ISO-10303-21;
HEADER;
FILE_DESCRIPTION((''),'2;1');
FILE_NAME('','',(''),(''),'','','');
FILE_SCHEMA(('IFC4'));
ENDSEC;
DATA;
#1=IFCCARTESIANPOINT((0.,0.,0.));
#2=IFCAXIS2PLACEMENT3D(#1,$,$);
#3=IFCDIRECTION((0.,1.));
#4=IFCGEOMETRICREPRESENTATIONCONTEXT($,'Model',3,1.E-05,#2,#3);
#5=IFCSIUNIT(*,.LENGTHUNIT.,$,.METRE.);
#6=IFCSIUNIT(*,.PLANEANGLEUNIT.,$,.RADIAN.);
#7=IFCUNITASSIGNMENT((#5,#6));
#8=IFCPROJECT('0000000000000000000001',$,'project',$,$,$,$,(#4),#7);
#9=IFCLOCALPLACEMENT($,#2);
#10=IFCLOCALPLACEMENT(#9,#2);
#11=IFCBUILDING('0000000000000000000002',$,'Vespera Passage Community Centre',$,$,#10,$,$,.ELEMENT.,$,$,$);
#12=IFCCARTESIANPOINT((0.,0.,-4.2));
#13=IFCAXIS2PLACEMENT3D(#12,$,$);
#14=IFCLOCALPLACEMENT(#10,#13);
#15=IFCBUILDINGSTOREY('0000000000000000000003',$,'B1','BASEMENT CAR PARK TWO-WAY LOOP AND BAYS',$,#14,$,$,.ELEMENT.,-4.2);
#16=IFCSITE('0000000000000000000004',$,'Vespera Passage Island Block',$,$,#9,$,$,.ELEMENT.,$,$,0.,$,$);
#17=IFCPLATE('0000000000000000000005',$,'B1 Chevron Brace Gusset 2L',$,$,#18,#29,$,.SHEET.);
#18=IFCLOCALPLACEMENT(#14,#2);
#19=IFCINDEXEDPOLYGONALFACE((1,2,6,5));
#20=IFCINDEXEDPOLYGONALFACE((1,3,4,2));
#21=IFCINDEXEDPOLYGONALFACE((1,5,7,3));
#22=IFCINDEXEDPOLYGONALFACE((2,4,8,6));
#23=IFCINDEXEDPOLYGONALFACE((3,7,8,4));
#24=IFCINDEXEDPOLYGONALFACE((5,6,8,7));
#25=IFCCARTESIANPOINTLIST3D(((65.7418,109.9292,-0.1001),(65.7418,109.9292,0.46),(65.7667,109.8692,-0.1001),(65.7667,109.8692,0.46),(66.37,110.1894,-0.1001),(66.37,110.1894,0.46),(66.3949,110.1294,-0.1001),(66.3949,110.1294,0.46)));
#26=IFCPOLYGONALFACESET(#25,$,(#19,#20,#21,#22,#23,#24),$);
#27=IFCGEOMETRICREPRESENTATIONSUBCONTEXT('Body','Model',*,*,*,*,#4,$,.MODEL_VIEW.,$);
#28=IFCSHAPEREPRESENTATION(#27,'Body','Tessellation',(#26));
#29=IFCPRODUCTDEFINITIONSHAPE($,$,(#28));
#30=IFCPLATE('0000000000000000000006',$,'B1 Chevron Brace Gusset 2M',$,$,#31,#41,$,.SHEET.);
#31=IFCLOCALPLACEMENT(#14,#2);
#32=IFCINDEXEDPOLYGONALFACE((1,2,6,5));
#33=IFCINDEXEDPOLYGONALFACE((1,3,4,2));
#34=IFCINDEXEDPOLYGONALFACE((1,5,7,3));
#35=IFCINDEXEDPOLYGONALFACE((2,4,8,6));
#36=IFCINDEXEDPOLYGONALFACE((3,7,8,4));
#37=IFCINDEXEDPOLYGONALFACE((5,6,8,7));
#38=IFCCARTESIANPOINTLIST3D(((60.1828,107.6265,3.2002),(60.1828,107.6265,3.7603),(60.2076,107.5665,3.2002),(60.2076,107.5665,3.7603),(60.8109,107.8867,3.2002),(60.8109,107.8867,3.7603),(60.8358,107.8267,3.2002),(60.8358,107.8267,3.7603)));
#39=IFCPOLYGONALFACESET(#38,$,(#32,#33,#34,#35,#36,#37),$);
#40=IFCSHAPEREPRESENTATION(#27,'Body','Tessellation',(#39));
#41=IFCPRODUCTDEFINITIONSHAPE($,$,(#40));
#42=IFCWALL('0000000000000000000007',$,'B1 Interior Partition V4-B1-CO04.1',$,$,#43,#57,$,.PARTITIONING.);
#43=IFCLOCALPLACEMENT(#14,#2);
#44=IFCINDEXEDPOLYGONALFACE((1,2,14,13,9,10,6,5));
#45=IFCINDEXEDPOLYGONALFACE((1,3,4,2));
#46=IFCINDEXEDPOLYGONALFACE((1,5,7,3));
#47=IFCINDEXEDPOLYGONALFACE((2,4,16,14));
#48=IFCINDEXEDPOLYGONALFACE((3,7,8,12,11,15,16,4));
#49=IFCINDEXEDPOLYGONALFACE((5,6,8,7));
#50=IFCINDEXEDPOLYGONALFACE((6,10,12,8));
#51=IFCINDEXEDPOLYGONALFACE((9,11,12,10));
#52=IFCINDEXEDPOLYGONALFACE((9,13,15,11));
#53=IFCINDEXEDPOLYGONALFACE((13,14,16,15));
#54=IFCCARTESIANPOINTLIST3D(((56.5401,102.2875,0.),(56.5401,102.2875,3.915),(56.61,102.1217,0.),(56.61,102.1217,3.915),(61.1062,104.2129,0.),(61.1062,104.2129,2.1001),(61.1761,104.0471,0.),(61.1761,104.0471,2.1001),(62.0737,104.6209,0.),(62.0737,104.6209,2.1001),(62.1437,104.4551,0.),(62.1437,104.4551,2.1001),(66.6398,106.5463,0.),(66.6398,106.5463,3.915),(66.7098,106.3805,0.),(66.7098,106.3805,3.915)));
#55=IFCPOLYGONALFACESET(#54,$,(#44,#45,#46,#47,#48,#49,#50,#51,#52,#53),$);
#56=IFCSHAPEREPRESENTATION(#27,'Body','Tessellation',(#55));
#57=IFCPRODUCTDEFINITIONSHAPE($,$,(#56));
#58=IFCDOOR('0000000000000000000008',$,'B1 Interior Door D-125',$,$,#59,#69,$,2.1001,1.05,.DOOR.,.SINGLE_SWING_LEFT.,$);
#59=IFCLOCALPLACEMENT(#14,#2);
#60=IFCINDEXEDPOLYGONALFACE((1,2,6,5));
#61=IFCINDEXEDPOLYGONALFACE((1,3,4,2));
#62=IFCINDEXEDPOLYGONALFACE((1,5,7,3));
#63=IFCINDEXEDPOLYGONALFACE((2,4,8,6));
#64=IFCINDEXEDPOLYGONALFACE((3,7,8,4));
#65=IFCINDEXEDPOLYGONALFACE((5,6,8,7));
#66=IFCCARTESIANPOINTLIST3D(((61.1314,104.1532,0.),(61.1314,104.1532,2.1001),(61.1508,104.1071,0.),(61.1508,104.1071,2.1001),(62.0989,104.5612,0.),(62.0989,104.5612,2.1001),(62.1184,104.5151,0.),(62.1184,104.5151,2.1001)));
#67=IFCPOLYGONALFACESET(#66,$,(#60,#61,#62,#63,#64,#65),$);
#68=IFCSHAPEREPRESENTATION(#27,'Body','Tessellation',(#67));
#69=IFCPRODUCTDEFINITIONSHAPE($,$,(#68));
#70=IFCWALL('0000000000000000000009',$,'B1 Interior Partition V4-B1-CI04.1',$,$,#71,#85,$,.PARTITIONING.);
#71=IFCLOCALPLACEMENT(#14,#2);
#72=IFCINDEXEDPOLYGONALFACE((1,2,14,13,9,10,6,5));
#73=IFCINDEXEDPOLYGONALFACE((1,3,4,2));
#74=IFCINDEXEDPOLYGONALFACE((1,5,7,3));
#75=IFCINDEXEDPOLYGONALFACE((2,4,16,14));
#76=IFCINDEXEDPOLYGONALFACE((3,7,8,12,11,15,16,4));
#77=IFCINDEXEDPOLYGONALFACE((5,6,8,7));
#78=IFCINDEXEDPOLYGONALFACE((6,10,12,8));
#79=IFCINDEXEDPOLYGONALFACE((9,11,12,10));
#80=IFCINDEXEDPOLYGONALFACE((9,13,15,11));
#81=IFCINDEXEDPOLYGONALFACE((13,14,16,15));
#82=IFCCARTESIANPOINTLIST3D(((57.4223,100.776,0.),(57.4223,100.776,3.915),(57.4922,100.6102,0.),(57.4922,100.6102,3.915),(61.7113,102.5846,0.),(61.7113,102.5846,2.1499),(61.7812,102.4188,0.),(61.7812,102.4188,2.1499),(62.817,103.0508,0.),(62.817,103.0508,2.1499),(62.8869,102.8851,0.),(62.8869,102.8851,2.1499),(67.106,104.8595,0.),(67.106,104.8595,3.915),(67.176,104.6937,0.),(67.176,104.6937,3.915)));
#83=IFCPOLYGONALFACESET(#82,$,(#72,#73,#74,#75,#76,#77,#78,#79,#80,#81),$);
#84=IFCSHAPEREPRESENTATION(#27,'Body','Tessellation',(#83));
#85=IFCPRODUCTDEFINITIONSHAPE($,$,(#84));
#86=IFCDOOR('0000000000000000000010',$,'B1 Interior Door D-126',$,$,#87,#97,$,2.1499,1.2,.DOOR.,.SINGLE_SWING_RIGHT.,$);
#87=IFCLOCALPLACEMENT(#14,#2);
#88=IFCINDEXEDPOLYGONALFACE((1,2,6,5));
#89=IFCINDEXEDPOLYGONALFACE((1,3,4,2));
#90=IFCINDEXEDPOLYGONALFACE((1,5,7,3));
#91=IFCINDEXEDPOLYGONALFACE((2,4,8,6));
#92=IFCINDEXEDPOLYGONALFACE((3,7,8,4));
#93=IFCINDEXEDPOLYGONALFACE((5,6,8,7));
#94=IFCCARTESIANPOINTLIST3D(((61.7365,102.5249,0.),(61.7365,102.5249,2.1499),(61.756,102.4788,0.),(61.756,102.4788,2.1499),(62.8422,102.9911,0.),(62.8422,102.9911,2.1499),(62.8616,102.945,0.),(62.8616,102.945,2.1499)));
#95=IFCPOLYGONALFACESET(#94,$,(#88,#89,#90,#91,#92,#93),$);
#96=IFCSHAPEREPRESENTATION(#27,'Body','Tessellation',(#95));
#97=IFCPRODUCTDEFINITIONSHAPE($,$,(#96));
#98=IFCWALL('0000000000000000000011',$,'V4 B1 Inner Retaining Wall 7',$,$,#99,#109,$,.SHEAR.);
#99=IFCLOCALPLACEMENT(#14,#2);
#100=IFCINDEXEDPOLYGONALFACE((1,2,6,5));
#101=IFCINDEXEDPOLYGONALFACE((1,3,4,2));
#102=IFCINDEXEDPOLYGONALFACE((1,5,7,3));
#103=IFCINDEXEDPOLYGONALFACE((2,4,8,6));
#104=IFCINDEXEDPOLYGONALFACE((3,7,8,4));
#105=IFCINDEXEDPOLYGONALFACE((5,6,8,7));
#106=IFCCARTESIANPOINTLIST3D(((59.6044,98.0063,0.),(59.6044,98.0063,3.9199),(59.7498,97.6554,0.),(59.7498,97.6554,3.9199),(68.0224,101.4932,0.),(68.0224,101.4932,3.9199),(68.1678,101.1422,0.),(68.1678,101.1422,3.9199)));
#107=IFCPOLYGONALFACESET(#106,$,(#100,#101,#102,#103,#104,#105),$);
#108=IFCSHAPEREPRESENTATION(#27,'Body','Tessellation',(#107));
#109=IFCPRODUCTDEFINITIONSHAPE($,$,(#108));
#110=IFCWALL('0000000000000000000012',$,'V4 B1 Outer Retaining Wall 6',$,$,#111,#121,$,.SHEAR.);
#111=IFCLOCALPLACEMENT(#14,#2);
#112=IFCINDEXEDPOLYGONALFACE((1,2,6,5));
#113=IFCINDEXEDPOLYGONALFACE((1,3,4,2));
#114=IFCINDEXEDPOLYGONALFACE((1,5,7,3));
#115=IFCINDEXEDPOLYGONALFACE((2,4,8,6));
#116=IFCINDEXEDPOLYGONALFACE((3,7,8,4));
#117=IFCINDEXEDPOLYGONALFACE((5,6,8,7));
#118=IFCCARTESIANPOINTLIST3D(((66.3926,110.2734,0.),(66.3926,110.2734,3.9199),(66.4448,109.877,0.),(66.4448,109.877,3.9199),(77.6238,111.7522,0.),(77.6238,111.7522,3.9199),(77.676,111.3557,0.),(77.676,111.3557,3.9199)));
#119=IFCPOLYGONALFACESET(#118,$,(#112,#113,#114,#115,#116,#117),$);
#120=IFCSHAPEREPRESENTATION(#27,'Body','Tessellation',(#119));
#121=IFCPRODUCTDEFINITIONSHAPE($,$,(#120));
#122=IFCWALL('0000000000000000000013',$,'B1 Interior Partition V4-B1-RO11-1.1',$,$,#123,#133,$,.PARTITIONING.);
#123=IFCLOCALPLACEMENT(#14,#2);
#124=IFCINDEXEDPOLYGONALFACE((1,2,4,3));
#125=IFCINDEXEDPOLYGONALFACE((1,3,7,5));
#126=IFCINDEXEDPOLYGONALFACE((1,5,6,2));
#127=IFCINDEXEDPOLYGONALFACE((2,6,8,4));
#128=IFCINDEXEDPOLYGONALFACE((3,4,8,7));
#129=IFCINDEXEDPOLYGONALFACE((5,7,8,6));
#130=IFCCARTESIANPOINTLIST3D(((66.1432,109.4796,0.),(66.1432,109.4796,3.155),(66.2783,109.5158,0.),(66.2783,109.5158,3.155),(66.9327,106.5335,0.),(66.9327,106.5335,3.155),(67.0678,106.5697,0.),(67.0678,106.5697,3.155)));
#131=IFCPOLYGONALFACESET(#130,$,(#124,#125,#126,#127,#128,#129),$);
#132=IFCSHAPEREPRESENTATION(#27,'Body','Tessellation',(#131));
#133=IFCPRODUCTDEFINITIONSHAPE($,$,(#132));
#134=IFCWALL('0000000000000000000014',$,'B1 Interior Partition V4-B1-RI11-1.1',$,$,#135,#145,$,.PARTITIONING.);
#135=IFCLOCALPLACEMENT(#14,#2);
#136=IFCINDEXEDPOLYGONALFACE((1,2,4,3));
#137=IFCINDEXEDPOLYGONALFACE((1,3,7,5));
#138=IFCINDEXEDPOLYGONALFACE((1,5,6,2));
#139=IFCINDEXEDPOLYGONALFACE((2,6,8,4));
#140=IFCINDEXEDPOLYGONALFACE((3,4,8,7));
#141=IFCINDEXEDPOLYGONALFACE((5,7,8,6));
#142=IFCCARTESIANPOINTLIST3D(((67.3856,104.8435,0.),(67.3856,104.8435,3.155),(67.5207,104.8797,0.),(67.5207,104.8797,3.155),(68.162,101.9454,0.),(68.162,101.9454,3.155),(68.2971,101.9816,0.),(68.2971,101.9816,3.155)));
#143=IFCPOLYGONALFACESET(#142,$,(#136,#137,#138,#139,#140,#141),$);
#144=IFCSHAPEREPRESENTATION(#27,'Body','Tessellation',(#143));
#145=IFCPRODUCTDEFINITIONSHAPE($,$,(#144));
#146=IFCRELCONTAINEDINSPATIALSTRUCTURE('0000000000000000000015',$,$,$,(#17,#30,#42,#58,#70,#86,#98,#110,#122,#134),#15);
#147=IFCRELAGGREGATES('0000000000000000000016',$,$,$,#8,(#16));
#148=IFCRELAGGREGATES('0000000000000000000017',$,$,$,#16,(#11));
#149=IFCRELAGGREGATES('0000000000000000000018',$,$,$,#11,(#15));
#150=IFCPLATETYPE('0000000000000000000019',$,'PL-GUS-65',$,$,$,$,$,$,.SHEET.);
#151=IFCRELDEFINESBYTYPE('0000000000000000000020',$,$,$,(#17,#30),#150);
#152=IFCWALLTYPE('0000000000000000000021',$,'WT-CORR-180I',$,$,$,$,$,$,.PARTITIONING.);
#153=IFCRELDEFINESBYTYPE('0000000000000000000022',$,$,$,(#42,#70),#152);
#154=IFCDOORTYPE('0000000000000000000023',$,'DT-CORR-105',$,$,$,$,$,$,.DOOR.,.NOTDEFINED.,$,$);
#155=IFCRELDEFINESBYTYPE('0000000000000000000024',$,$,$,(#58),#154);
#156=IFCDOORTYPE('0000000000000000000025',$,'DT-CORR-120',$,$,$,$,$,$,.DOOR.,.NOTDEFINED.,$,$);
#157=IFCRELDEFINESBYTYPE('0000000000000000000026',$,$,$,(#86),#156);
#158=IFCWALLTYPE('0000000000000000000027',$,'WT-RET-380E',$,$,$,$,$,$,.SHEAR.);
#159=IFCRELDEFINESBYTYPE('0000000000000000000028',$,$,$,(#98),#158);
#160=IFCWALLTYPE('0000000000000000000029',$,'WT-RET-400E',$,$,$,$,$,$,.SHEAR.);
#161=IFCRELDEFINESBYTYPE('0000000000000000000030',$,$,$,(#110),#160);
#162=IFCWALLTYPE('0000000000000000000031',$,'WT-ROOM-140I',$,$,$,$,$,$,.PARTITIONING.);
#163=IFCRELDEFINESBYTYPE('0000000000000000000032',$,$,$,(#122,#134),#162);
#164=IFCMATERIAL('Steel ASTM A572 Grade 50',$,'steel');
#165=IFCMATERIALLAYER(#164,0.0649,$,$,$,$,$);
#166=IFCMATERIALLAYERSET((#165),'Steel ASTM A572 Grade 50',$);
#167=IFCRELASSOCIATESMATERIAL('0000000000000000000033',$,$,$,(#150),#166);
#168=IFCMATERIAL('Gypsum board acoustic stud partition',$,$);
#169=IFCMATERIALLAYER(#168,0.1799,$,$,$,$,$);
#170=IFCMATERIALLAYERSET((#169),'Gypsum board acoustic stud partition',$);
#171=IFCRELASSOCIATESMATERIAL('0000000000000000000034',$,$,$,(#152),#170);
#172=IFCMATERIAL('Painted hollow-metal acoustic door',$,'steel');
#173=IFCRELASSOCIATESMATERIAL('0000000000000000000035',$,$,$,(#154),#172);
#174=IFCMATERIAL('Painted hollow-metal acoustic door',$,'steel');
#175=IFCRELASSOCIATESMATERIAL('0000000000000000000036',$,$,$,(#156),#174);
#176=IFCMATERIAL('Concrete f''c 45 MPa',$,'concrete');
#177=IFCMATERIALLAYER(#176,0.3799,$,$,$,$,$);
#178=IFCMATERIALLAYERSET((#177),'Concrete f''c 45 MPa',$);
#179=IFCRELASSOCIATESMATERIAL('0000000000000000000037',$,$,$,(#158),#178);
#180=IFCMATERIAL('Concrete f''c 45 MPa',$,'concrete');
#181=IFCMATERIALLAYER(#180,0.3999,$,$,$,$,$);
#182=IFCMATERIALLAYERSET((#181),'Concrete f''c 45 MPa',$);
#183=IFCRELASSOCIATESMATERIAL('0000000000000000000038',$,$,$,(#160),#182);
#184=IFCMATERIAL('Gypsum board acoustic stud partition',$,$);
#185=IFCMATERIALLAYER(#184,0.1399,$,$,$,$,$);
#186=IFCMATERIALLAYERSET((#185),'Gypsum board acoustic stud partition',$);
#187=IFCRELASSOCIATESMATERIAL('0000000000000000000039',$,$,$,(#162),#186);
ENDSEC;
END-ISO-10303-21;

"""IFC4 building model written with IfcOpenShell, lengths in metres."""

from ifc_helpers import new_model, si_unit, direction, frame, frame_2d, origin, origin_2d, place, context, subcontext, project, spatial, rectangle, extrude, material, layer, layer_set, type_object, element, fill, save


model = new_model("IFC4")

# Units and contexts
model_context = context("Model", 3, precision=1e-05, world=origin(), true_north=direction((0.0, 1.0)))
body_context = subcontext(model_context, "Body", "Model", "MODEL_VIEW")
ifc_project = project(units=[si_unit("LENGTHUNIT", "METRE"), si_unit("PLANEANGLEUNIT", "RADIAN")], contexts=[model_context])

# Site, building, storey
site_placement = place(None, origin())
site = spatial("IfcSite", under=ifc_project, at=site_placement, Name="Vespera Passage Island Block", CompositionType="ELEMENT", RefElevation=0.0)
building_placement = place(site_placement, origin())
building = spatial("IfcBuilding", under=site, at=building_placement, Name="Vespera Passage Community Centre", CompositionType="ELEMENT")
storey_placement = place(building_placement, frame((0.0, 0.0, -4.2)))
storey = spatial("IfcBuildingStorey", under=building, at=storey_placement, Name="B1", Description="BASEMENT CAR PARK TWO-WAY LOOP AND BAYS", CompositionType="ELEMENT", Elevation=-4.2)

# Plates
ifc_material_1 = material(Name="Steel ASTM A572 Grade 50", Category="steel")
ifc_layer_1 = layer(ifc_material_1, 0.0649)
ifc_layer_set_1 = layer_set([ifc_layer_1], Name="Steel ASTM A572 Grade 50")
plate_type = type_object("IfcPlateType", Name="PL-GUS-65", PredefinedType="SHEET", material=ifc_layer_set_1)
for number, where, z_axis, x_axis, name in (
    (1, (66.0684, 110.0293, -0.1001), (0.0, 0.0, 1.0), (-0.92388, -0.382683, 0.0), "B1 Chevron Brace Gusset 2L"),
    (2, (60.5093, 107.7266, 3.2002), (0.0, 0.0, 1.0), (-0.92388, -0.382683, 0.0), "B1 Chevron Brace Gusset 2M"),
):
    element("IfcPlate", number, at=place(storey_placement, frame(where, z_axis=z_axis, x_axis=x_axis)), inside=storey, type_object=plate_type, Name=name, PredefinedType="SHEET", context=body_context, shape_type="SweptSolid", body=[
        extrude(rectangle(XDim=0.6799, YDim=0.0649, at=origin_2d()), origin(), (0.0, 0.0, 1.0), 0.5601),
    ])

# Walls, openings, doors
ifc_material_2 = material(Name="Gypsum board acoustic stud partition")
ifc_layer_2 = layer(ifc_material_2, 0.1799)
ifc_layer_set_2 = layer_set([ifc_layer_2], Name="Gypsum board acoustic stud partition")
wall_type_1 = type_object("IfcWallType", Name="WT-CORR-180I", PredefinedType="PARTITIONING", material=ifc_layer_set_2)
wall_1_placement = place(storey_placement, frame((66.6748, 106.4634, 0.0), z_axis=(0.0, 0.0, 1.0), x_axis=(-0.921432, -0.388539, 0.0)))
wall_1 = element("IfcWall", 3, at=wall_1_placement, inside=storey, type_object=wall_type_1, Name="B1 Interior Partition V4-B1-CO04.1", PredefinedType="PARTITIONING", context=body_context, shape_type="SweptSolid", body=[
    extrude(rectangle(XDim=10.9609, YDim=0.1799, at=frame_2d((5.4805, 0.0))), origin(), (0.0, 0.0, 1.0), 3.915),
])
opening_1_placement = place(wall_1_placement, frame((4.9556, 0.0, 0.0)))
opening_1 = element("IfcOpeningElement", 4, at=opening_1_placement, cuts=wall_1, PredefinedType="OPENING", context=body_context, shape_type="SweptSolid", body=[
    extrude(rectangle(XDim=1.05, YDim=2.1001, at=frame_2d((0.5249, 1.05))), frame((0.0, 0.0999, 0.0), z_axis=(0.0, -1.0, 0.0), x_axis=(1.0, 0.0, 0.0)), (0.0, 0.0, 1.0), 0.2),
])
ifc_material_3 = material(Name="Painted hollow-metal acoustic door", Category="steel")
door_type_1 = type_object("IfcDoorType", Name="DT-CORR-105", OperationType="NOTDEFINED", PredefinedType="DOOR", material=ifc_material_3)
door_1_placement = place(opening_1_placement, origin())
door_1 = element("IfcDoor", 5, at=door_1_placement, inside=storey, type_object=door_type_1, Name="B1 Interior Door D-125", OperationType="SINGLE_SWING_LEFT", OverallHeight=2.1001, OverallWidth=1.05, PredefinedType="DOOR", context=body_context, shape_type="SweptSolid", body=[
    extrude(rectangle(XDim=1.05, YDim=2.1001, at=frame_2d((0.5249, 1.05))), frame((0.0, 0.0249, 0.0), z_axis=(0.0, -1.0, 0.0), x_axis=(1.0, 0.0, 0.0)), (0.0, 0.0, 1.0), 0.05),
])
fill(opening_1, door_1)
wall_2_placement = place(storey_placement, frame((67.1411, 104.7766, 0.0), z_axis=(0.0, 0.0, 1.0), x_axis=(-0.921428, -0.388549, 0.0)))
wall_2 = element("IfcWall", 6, at=wall_2_placement, inside=storey, type_object=wall_type_1, Name="B1 Interior Partition V4-B1-CI04.1", PredefinedType="PARTITIONING", context=body_context, shape_type="SweptSolid", body=[
    extrude(rectangle(XDim=10.5095, YDim=0.1799, at=frame_2d((5.2549, 0.0))), origin(), (0.0, 0.0, 1.0), 3.915),
])
opening_2_placement = place(wall_2_placement, frame((4.6548, 0.0, 0.0)))
opening_2 = element("IfcOpeningElement", 7, at=opening_2_placement, cuts=wall_2, PredefinedType="OPENING", context=body_context, shape_type="SweptSolid", body=[
    extrude(rectangle(XDim=1.2, YDim=2.1499, at=frame_2d((0.6001, 1.075))), frame((0.0, 0.0999, 0.0), z_axis=(0.0, -1.0, 0.0), x_axis=(1.0, 0.0, 0.0)), (0.0, 0.0, 1.0), 0.2),
])
ifc_material_4 = material(Name="Painted hollow-metal acoustic door", Category="steel")
door_type_2 = type_object("IfcDoorType", Name="DT-CORR-120", OperationType="NOTDEFINED", PredefinedType="DOOR", material=ifc_material_4)
door_2_placement = place(opening_2_placement, origin())
door_2 = element("IfcDoor", 8, at=door_2_placement, inside=storey, type_object=door_type_2, Name="B1 Interior Door D-126", OperationType="SINGLE_SWING_RIGHT", OverallHeight=2.1499, OverallWidth=1.2, PredefinedType="DOOR", context=body_context, shape_type="SweptSolid", body=[
    extrude(rectangle(XDim=1.2, YDim=2.1499, at=frame_2d((0.6001, 1.075))), frame((0.0, 0.0249, 0.0), z_axis=(0.0, -1.0, 0.0), x_axis=(1.0, 0.0, 0.0)), (0.0, 0.0, 1.0), 0.05),
])
fill(opening_2, door_2)

# Walls
ifc_material_5 = material(Name="Concrete f'c 45 MPa", Category="concrete")
ifc_layer_3 = layer(ifc_material_5, 0.3799)
ifc_layer_set_3 = layer_set([ifc_layer_3], Name="Concrete f'c 45 MPa")
wall_type_2 = type_object("IfcWallType", Name="WT-RET-380E", PredefinedType="SHEAR", material=ifc_layer_set_3)
wall_3_placement = place(storey_placement, frame((68.095, 101.3176, 0.0), z_axis=(0.0, 0.0, 1.0), x_axis=(-0.92388, -0.382682, 0.0)))
element("IfcWall", 9, at=wall_3_placement, inside=storey, type_object=wall_type_2, Name="V4 B1 Inner Retaining Wall 7", PredefinedType="SHEAR", context=body_context, shape_type="SweptSolid", body=[
    extrude(rectangle(XDim=9.1116, YDim=0.3799, at=frame_2d((4.5557, 0.0))), origin(), (0.0, 0.0, 1.0), 3.9199),
])
ifc_material_6 = material(Name="Concrete f'c 45 MPa", Category="concrete")
ifc_layer_4 = layer(ifc_material_6, 0.3999)
ifc_layer_set_4 = layer_set([ifc_layer_4], Name="Concrete f'c 45 MPa")
wall_type_3 = type_object("IfcWallType", Name="WT-RET-400E", PredefinedType="SHEAR", material=ifc_layer_set_4)
wall_4_placement = place(storey_placement, frame((66.4187, 110.0752, 0.0), z_axis=(0.0, 0.0, 1.0), x_axis=(0.991443, 0.130539, 0.0)))
element("IfcWall", 10, at=wall_4_placement, inside=storey, type_object=wall_type_3, Name="V4 B1 Outer Retaining Wall 6", PredefinedType="SHEAR", context=body_context, shape_type="SweptSolid", body=[
    extrude(rectangle(XDim=11.3281, YDim=0.3999, at=frame_2d((5.6641, 0.0))), origin(), (0.0, 0.0, 1.0), 3.9199),
])
ifc_material_7 = material(Name="Gypsum board acoustic stud partition")
ifc_layer_5 = layer(ifc_material_7, 0.1399)
ifc_layer_set_5 = layer_set([ifc_layer_5], Name="Gypsum board acoustic stud partition")
wall_type_4 = type_object("IfcWallType", Name="WT-ROOM-140I", PredefinedType="PARTITIONING", material=ifc_layer_set_5)
wall_5_placement = place(storey_placement, frame((67.0002, 106.5518, 0.0), z_axis=(0.0, 0.0, 1.0), x_axis=(-0.258868, 0.965913, 0.0)))
element("IfcWall", 11, at=wall_5_placement, inside=storey, type_object=wall_type_4, Name="B1 Interior Partition V4-B1-RO11-1.1", PredefinedType="PARTITIONING", context=body_context, shape_type="SweptSolid", body=[
    extrude(rectangle(XDim=3.05, YDim=0.1399, at=frame_2d((1.5249, 0.0))), origin(), (0.0, 0.0, 1.0), 3.155),
])
wall_6_placement = place(storey_placement, frame((68.2295, 101.9636, 0.0), z_axis=(0.0, 0.0, 1.0), x_axis=(-0.258777, 0.965937, 0.0)))
element("IfcWall", 12, at=wall_6_placement, inside=storey, type_object=wall_type_4, Name="B1 Interior Partition V4-B1-RI11-1.1", PredefinedType="PARTITIONING", context=body_context, shape_type="SweptSolid", body=[
    extrude(rectangle(XDim=3.0002, YDim=0.1399, at=frame_2d((1.5, 0.0))), origin(), (0.0, 0.0, 1.0), 3.155),
])

save(model, "model.ifc")
